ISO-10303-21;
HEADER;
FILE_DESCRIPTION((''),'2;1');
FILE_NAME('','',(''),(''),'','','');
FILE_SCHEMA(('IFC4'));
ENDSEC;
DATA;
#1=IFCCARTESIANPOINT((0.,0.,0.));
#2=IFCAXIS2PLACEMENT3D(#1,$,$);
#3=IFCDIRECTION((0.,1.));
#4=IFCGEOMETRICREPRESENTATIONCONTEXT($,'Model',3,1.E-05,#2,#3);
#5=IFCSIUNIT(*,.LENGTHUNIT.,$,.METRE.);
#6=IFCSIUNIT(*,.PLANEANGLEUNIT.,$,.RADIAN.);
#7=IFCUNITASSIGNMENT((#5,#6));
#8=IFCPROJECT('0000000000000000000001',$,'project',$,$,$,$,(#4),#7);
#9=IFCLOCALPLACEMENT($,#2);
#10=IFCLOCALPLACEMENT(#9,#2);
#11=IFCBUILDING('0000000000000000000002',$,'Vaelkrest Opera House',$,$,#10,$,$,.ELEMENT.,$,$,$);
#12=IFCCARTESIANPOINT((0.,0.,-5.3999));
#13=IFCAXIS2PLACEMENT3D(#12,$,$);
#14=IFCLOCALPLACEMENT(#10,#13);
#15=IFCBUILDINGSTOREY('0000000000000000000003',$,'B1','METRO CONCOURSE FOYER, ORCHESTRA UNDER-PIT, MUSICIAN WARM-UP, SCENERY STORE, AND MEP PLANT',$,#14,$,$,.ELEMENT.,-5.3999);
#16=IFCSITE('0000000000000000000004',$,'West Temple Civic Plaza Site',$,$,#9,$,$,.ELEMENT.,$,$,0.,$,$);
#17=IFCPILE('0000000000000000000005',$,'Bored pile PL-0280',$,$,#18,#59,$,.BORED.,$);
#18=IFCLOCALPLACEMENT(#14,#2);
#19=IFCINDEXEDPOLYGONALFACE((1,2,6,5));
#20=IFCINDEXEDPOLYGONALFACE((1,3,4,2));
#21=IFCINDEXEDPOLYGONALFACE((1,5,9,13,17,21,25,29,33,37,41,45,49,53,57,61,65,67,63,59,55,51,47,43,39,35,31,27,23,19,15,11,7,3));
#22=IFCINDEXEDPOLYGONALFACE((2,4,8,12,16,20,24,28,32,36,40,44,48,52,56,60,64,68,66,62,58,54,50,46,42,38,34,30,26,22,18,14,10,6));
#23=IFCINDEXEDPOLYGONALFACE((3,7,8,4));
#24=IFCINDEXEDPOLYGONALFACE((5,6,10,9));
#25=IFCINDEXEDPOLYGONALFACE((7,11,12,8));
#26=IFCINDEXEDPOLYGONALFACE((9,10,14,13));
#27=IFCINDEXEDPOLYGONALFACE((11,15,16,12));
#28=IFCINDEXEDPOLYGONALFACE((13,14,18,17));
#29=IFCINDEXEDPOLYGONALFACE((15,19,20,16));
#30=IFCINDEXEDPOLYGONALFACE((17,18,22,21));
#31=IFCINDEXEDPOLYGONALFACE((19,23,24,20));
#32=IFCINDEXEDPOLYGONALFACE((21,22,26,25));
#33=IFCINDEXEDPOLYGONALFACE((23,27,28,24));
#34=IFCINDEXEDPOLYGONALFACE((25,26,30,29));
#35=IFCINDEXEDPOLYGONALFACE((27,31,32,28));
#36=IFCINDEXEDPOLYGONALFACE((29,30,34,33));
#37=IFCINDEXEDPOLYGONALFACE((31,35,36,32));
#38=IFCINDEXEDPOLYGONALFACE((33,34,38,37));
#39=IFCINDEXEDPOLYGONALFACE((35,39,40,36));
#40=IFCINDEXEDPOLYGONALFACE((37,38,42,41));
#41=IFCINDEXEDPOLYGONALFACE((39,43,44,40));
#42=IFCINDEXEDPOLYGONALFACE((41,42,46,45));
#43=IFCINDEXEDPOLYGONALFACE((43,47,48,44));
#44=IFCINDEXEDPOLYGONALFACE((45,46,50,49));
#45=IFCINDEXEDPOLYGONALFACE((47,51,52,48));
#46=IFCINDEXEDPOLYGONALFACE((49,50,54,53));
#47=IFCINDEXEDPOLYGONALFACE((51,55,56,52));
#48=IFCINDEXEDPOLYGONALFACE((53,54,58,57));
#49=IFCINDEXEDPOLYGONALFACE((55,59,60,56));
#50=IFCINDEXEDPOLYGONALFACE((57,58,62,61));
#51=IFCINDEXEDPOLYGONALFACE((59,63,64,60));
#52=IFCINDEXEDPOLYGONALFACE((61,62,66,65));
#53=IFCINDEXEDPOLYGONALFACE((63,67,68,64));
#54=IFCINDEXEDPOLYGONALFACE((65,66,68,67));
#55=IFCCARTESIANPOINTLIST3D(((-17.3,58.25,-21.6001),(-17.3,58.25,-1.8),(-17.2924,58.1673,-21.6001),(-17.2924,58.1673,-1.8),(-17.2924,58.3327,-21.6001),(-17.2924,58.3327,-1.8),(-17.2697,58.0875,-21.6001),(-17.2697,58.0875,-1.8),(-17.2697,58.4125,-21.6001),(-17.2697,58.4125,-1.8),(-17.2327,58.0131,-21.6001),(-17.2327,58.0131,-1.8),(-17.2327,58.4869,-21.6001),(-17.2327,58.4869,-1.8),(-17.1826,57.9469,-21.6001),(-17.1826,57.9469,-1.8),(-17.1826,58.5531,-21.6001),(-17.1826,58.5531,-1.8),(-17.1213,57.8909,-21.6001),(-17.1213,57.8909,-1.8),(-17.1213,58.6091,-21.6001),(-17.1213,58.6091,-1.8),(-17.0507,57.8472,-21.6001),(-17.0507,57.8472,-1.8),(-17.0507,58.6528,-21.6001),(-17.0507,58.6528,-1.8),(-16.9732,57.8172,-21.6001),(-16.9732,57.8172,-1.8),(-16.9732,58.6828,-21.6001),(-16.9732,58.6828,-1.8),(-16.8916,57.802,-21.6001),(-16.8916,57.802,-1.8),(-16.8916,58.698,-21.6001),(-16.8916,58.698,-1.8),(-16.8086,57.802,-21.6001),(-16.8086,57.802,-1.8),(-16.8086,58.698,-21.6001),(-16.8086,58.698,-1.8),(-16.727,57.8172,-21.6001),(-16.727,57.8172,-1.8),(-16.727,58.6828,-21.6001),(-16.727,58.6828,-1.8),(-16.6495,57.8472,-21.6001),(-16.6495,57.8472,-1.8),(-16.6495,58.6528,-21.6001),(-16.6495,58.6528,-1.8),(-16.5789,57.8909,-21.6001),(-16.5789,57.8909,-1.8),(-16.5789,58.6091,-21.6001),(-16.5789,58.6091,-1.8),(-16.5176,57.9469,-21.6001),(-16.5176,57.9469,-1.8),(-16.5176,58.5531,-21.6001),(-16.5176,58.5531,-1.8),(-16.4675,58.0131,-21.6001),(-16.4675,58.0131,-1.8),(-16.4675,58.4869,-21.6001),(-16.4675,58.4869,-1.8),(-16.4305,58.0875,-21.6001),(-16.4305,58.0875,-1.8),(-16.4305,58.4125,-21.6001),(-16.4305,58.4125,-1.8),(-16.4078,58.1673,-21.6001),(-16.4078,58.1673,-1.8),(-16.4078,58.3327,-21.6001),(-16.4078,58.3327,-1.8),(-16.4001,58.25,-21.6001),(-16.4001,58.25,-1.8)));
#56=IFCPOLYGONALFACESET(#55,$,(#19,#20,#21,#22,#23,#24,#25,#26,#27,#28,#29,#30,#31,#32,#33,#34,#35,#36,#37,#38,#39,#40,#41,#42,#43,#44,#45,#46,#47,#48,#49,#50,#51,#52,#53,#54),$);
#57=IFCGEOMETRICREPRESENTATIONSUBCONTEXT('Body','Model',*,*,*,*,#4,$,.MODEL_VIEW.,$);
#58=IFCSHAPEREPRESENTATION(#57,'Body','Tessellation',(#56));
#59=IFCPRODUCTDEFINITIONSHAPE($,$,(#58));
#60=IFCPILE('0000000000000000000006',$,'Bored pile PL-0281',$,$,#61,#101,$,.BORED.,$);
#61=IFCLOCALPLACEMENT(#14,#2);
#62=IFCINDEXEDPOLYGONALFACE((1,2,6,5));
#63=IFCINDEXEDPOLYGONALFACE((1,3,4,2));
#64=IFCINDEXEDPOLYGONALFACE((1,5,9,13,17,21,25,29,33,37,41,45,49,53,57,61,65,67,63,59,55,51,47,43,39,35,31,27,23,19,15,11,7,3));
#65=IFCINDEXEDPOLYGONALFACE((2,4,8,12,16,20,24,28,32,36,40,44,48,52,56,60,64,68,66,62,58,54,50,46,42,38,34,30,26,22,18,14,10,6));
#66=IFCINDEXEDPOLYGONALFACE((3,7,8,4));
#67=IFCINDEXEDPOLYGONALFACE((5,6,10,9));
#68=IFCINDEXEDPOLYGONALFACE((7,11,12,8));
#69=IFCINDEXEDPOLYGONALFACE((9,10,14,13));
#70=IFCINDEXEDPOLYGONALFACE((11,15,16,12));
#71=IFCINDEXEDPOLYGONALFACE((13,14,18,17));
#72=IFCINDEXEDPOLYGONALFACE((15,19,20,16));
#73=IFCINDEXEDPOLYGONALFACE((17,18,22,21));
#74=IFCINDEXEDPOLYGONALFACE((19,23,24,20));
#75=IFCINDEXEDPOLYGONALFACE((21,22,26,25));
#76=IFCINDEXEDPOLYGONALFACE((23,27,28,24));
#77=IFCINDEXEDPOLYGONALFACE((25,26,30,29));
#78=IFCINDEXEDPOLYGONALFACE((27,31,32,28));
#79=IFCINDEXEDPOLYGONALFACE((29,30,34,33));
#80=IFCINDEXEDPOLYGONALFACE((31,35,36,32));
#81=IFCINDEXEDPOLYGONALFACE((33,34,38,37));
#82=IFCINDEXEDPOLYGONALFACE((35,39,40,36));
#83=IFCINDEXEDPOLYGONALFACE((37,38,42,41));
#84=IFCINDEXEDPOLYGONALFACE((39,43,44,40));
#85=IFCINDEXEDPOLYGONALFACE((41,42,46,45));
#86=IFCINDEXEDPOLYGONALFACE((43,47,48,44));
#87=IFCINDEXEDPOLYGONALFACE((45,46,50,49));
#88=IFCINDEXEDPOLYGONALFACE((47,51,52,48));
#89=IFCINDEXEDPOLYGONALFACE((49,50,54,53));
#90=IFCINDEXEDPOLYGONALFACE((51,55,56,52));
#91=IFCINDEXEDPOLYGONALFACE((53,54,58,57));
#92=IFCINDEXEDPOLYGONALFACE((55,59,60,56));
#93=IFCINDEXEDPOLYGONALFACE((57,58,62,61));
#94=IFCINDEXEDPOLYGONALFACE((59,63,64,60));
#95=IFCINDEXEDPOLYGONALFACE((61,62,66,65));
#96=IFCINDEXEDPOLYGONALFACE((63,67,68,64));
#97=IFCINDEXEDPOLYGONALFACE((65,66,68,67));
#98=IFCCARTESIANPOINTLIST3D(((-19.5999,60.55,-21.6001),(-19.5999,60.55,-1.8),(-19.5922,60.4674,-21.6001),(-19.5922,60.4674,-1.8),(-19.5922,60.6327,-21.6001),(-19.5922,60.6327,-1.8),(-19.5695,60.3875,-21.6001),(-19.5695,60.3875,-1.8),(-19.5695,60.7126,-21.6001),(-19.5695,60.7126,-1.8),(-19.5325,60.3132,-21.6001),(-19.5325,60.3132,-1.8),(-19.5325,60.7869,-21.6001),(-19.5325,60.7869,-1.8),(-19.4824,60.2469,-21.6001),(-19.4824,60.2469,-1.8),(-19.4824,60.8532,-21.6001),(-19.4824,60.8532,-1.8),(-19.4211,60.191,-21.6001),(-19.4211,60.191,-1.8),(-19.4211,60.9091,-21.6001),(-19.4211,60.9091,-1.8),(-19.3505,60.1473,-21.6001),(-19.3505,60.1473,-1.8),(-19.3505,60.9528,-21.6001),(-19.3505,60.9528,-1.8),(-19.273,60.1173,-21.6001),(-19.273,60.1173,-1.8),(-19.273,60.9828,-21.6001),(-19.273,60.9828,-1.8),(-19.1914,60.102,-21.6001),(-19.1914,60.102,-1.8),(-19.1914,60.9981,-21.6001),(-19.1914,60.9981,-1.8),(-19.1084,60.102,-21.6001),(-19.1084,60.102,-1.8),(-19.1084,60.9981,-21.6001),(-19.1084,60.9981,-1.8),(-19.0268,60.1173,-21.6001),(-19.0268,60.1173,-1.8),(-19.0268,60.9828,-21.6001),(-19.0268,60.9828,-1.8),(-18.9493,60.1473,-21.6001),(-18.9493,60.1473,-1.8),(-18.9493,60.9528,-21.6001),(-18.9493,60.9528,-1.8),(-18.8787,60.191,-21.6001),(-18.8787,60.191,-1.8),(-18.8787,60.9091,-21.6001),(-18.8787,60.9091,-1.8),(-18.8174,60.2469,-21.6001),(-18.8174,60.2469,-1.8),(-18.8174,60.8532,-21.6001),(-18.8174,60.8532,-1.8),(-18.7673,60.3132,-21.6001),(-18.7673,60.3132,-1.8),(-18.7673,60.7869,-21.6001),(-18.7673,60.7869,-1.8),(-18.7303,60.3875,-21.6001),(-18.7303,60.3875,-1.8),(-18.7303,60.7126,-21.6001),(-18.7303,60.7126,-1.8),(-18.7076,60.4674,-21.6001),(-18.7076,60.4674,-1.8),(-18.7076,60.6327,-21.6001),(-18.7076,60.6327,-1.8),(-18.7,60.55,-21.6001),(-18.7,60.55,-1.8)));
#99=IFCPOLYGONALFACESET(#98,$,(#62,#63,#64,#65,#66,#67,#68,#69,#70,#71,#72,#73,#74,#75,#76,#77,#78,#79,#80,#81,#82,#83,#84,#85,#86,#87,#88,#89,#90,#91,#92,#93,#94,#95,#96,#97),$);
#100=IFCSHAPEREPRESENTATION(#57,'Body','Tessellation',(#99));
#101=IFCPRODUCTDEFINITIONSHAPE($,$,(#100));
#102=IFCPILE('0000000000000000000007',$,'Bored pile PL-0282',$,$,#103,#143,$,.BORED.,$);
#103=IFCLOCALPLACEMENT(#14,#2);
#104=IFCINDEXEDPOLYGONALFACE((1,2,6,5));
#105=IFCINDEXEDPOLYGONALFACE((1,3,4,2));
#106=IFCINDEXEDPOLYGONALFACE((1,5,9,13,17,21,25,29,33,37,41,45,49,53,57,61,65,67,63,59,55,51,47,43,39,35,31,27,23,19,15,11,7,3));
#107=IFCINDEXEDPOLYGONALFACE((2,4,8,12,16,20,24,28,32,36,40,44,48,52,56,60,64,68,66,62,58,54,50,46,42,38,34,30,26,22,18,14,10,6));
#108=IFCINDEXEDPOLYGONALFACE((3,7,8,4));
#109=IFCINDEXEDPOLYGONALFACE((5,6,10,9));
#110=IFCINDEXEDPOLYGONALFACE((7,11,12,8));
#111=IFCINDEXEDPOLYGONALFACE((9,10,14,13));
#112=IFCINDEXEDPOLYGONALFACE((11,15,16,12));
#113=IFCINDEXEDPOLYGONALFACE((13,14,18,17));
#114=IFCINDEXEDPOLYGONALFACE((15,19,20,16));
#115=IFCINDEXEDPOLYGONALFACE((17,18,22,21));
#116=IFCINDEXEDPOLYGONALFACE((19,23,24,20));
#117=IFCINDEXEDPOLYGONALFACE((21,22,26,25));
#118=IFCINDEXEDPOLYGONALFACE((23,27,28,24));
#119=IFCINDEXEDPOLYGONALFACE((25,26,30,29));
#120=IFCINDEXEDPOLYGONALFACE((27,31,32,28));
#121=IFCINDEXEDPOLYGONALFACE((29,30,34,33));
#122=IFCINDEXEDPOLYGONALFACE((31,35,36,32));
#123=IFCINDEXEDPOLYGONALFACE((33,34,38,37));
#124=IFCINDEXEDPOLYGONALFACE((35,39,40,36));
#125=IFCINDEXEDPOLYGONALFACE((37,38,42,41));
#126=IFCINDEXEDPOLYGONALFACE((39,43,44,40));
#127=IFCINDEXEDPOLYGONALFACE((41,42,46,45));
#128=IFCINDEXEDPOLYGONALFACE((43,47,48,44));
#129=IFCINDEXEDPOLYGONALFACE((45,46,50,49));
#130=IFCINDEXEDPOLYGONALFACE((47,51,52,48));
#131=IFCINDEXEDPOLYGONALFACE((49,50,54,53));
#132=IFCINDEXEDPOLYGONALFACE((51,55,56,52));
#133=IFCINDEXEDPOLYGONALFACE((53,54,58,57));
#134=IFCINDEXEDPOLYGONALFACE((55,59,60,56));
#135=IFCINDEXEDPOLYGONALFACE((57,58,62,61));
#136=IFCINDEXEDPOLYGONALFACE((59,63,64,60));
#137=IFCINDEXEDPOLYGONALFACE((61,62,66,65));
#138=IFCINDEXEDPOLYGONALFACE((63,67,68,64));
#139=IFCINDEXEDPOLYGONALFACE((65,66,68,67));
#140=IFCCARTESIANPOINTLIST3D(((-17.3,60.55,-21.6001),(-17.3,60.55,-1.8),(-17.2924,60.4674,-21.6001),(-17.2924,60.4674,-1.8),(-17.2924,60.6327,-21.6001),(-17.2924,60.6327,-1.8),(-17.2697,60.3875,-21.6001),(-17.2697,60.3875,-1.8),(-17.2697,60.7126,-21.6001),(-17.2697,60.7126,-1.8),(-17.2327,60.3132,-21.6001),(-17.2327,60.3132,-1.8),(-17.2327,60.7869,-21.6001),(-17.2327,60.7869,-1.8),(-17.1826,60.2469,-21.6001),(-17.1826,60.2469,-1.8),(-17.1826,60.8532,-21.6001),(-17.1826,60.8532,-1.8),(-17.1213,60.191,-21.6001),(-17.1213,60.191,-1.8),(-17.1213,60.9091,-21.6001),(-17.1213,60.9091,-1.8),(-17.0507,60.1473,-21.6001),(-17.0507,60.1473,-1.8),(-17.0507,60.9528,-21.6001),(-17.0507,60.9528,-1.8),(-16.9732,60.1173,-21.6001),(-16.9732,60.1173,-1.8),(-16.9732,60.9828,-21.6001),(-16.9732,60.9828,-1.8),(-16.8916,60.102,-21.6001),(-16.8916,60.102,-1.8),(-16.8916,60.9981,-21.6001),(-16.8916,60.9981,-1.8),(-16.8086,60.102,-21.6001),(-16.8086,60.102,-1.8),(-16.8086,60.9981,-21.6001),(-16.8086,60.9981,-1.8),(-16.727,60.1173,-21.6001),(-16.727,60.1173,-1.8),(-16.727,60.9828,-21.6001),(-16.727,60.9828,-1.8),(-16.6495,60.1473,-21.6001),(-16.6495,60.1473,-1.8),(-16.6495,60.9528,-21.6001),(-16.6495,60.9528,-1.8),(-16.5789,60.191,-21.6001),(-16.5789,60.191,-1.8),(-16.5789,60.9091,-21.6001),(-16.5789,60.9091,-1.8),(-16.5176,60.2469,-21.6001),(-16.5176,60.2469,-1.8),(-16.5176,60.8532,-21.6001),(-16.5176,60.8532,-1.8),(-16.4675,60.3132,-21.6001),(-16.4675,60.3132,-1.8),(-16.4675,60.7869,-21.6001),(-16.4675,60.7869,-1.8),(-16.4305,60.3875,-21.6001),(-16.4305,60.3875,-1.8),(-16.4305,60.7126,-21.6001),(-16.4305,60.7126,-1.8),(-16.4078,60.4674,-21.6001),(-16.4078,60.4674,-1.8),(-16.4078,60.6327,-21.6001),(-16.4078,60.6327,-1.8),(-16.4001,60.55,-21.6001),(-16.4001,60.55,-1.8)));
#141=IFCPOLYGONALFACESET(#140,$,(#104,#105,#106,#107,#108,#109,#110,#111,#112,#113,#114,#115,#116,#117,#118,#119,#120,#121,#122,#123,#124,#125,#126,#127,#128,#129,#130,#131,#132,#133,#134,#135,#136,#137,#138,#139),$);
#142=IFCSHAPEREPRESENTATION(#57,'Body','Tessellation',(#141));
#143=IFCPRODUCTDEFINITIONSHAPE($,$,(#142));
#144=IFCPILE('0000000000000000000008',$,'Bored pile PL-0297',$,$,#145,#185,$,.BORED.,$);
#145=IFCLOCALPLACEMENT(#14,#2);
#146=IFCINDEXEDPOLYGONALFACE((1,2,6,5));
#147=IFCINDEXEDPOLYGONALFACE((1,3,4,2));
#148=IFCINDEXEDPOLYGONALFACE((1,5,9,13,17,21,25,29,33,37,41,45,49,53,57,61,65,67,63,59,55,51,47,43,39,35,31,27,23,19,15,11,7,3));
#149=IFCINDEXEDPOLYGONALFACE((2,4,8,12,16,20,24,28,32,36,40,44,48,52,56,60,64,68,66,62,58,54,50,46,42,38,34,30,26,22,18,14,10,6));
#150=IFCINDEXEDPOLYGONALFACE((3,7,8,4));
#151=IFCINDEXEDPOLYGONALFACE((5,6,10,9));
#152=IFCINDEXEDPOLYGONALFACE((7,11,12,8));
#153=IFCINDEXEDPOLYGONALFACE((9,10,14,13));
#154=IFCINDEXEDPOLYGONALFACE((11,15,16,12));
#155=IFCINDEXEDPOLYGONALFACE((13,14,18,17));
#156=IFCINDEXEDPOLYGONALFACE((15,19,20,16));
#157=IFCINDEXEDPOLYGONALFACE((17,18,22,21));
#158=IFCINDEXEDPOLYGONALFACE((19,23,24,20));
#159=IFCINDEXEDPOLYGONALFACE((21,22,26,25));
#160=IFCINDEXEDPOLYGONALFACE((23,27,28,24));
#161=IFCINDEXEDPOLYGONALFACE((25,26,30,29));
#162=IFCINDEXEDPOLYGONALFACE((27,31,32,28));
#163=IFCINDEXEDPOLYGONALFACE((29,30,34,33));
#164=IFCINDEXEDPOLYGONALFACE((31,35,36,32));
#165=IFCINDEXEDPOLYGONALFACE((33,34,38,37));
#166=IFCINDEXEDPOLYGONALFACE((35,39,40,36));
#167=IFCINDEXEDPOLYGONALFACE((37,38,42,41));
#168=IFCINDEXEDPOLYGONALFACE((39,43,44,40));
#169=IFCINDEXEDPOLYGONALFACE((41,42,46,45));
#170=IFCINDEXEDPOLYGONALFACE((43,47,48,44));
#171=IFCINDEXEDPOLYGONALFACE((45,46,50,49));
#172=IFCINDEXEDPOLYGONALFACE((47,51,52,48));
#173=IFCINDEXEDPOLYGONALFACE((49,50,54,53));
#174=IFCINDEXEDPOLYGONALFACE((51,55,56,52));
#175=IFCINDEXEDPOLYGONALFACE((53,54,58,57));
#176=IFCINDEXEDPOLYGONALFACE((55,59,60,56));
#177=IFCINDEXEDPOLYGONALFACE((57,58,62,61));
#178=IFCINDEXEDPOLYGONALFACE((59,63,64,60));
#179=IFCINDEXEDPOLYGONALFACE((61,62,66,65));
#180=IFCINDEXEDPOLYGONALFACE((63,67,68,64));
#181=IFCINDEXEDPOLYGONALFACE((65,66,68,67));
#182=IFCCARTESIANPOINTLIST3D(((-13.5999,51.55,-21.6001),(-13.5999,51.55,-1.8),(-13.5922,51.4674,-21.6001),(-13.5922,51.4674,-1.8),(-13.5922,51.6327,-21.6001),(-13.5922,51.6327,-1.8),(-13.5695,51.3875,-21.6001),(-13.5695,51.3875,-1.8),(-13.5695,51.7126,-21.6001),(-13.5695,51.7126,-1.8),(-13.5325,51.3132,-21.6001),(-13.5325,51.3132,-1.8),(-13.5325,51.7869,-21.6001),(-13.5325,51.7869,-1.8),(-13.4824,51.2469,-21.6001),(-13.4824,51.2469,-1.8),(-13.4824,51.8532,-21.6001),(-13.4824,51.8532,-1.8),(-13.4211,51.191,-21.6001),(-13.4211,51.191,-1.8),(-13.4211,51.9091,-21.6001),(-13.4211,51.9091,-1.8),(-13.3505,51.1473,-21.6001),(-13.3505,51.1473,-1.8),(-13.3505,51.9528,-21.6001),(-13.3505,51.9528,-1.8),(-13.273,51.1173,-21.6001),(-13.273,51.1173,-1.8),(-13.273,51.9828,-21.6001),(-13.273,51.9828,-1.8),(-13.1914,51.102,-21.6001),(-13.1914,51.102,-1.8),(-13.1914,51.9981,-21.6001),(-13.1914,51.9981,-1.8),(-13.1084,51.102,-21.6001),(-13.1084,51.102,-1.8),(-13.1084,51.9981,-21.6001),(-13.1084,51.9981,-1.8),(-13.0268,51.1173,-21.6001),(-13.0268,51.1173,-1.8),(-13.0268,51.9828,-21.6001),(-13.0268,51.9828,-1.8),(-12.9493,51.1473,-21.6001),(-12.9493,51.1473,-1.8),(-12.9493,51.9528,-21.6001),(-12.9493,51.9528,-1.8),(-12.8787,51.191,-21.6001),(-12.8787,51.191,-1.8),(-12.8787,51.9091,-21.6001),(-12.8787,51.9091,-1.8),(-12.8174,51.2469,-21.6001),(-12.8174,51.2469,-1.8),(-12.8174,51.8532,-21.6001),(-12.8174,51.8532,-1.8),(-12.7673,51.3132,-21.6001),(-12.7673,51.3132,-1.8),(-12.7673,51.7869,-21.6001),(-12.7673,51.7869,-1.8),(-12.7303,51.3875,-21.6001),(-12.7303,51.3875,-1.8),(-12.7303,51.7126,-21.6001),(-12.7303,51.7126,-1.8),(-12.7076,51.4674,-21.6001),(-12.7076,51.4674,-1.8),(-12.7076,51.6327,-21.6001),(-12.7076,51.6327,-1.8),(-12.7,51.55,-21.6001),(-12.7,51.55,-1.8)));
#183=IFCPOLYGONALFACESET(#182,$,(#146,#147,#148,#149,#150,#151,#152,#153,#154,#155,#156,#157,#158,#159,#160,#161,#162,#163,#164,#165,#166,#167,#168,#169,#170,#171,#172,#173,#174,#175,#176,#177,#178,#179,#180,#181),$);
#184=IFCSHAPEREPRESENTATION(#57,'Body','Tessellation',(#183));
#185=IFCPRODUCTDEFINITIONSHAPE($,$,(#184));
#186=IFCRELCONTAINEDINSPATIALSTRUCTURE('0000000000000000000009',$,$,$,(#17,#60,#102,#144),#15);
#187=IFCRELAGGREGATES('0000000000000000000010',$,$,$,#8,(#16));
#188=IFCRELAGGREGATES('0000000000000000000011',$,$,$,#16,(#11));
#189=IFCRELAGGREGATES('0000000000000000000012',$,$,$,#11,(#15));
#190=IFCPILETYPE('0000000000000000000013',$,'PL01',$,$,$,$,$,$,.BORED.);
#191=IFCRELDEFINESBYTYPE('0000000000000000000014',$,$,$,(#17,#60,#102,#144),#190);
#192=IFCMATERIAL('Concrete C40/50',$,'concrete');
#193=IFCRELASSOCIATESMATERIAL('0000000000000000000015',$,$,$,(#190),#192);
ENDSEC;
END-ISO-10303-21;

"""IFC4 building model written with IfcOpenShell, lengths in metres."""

from ifc_helpers import new_model, si_unit, direction, frame, origin, origin_2d, place, context, subcontext, project, spatial, circle, extrude, material, material_profile, profile_set, type_object, element, save


model = new_model("IFC4")

# Units and contexts
model_context = context("Model", 3, precision=1e-05, world=origin(), true_north=direction((0.0, 1.0)))
body_context = subcontext(model_context, "Body", "Model", "MODEL_VIEW")
ifc_project = project(units=[si_unit("LENGTHUNIT", "METRE"), si_unit("PLANEANGLEUNIT", "RADIAN")], contexts=[model_context])

# Site, building, storey
site_placement = place(None, origin())
site = spatial("IfcSite", under=ifc_project, at=site_placement, Name="West Temple Civic Plaza Site", CompositionType="ELEMENT", RefElevation=0.0)
building_placement = place(site_placement, origin())
building = spatial("IfcBuilding", under=site, at=building_placement, Name="Vaelkrest Opera House", CompositionType="ELEMENT")
storey_placement = place(building_placement, frame((0.0, 0.0, -5.3999)))
storey = spatial("IfcBuildingStorey", under=building, at=storey_placement, Name="B1", Description="METRO CONCOURSE FOYER, ORCHESTRA UNDER-PIT, MUSICIAN WARM-UP, SCENERY STORE, AND MEP PLANT", CompositionType="ELEMENT", Elevation=-5.3999)

# Shared definitions
ifc_material_1 = material(Name="Concrete C40/50", Category="concrete")

# Piles
ifc_material_profile_1 = material_profile(ifc_material_1, circle(Radius=0.45, at=origin_2d()), Name="PILE900")
ifc_profile_set_1 = profile_set([ifc_material_profile_1], Name="Concrete C40/50")
pile_type = type_object("IfcPileType", Name="PL01", PredefinedType="BORED", material=ifc_profile_set_1)
for number, where, z_axis, x_axis, name in (
    (1, (-16.8501, 58.25, -1.8), (0.0, 0.0, -1.0), (1.0, 0.0, 0.0), "Bored pile PL-0280"),
    (2, (-19.1499, 60.55, -1.8), (0.0, 0.0, -1.0), (1.0, 0.0, 0.0), "Bored pile PL-0281"),
    (3, (-16.8501, 60.55, -1.8), (0.0, 0.0, -1.0), (1.0, 0.0, 0.0), "Bored pile PL-0282"),
    (4, (-13.1499, 51.55, -1.8), (0.0, 0.0, -1.0), (1.0, 0.0, 0.0), "Bored pile PL-0297"),
):
    element("IfcPile", number, at=place(storey_placement, frame(where, z_axis=z_axis, x_axis=x_axis)), inside=storey, type_object=pile_type, Name=name, PredefinedType="BORED", context=body_context, shape_type="SweptSolid", body=[
        extrude(circle(Radius=0.45, at=origin_2d()), origin(), (0.0, 0.0, 1.0), 19.8),
    ])

save(model, "model.ifc")
